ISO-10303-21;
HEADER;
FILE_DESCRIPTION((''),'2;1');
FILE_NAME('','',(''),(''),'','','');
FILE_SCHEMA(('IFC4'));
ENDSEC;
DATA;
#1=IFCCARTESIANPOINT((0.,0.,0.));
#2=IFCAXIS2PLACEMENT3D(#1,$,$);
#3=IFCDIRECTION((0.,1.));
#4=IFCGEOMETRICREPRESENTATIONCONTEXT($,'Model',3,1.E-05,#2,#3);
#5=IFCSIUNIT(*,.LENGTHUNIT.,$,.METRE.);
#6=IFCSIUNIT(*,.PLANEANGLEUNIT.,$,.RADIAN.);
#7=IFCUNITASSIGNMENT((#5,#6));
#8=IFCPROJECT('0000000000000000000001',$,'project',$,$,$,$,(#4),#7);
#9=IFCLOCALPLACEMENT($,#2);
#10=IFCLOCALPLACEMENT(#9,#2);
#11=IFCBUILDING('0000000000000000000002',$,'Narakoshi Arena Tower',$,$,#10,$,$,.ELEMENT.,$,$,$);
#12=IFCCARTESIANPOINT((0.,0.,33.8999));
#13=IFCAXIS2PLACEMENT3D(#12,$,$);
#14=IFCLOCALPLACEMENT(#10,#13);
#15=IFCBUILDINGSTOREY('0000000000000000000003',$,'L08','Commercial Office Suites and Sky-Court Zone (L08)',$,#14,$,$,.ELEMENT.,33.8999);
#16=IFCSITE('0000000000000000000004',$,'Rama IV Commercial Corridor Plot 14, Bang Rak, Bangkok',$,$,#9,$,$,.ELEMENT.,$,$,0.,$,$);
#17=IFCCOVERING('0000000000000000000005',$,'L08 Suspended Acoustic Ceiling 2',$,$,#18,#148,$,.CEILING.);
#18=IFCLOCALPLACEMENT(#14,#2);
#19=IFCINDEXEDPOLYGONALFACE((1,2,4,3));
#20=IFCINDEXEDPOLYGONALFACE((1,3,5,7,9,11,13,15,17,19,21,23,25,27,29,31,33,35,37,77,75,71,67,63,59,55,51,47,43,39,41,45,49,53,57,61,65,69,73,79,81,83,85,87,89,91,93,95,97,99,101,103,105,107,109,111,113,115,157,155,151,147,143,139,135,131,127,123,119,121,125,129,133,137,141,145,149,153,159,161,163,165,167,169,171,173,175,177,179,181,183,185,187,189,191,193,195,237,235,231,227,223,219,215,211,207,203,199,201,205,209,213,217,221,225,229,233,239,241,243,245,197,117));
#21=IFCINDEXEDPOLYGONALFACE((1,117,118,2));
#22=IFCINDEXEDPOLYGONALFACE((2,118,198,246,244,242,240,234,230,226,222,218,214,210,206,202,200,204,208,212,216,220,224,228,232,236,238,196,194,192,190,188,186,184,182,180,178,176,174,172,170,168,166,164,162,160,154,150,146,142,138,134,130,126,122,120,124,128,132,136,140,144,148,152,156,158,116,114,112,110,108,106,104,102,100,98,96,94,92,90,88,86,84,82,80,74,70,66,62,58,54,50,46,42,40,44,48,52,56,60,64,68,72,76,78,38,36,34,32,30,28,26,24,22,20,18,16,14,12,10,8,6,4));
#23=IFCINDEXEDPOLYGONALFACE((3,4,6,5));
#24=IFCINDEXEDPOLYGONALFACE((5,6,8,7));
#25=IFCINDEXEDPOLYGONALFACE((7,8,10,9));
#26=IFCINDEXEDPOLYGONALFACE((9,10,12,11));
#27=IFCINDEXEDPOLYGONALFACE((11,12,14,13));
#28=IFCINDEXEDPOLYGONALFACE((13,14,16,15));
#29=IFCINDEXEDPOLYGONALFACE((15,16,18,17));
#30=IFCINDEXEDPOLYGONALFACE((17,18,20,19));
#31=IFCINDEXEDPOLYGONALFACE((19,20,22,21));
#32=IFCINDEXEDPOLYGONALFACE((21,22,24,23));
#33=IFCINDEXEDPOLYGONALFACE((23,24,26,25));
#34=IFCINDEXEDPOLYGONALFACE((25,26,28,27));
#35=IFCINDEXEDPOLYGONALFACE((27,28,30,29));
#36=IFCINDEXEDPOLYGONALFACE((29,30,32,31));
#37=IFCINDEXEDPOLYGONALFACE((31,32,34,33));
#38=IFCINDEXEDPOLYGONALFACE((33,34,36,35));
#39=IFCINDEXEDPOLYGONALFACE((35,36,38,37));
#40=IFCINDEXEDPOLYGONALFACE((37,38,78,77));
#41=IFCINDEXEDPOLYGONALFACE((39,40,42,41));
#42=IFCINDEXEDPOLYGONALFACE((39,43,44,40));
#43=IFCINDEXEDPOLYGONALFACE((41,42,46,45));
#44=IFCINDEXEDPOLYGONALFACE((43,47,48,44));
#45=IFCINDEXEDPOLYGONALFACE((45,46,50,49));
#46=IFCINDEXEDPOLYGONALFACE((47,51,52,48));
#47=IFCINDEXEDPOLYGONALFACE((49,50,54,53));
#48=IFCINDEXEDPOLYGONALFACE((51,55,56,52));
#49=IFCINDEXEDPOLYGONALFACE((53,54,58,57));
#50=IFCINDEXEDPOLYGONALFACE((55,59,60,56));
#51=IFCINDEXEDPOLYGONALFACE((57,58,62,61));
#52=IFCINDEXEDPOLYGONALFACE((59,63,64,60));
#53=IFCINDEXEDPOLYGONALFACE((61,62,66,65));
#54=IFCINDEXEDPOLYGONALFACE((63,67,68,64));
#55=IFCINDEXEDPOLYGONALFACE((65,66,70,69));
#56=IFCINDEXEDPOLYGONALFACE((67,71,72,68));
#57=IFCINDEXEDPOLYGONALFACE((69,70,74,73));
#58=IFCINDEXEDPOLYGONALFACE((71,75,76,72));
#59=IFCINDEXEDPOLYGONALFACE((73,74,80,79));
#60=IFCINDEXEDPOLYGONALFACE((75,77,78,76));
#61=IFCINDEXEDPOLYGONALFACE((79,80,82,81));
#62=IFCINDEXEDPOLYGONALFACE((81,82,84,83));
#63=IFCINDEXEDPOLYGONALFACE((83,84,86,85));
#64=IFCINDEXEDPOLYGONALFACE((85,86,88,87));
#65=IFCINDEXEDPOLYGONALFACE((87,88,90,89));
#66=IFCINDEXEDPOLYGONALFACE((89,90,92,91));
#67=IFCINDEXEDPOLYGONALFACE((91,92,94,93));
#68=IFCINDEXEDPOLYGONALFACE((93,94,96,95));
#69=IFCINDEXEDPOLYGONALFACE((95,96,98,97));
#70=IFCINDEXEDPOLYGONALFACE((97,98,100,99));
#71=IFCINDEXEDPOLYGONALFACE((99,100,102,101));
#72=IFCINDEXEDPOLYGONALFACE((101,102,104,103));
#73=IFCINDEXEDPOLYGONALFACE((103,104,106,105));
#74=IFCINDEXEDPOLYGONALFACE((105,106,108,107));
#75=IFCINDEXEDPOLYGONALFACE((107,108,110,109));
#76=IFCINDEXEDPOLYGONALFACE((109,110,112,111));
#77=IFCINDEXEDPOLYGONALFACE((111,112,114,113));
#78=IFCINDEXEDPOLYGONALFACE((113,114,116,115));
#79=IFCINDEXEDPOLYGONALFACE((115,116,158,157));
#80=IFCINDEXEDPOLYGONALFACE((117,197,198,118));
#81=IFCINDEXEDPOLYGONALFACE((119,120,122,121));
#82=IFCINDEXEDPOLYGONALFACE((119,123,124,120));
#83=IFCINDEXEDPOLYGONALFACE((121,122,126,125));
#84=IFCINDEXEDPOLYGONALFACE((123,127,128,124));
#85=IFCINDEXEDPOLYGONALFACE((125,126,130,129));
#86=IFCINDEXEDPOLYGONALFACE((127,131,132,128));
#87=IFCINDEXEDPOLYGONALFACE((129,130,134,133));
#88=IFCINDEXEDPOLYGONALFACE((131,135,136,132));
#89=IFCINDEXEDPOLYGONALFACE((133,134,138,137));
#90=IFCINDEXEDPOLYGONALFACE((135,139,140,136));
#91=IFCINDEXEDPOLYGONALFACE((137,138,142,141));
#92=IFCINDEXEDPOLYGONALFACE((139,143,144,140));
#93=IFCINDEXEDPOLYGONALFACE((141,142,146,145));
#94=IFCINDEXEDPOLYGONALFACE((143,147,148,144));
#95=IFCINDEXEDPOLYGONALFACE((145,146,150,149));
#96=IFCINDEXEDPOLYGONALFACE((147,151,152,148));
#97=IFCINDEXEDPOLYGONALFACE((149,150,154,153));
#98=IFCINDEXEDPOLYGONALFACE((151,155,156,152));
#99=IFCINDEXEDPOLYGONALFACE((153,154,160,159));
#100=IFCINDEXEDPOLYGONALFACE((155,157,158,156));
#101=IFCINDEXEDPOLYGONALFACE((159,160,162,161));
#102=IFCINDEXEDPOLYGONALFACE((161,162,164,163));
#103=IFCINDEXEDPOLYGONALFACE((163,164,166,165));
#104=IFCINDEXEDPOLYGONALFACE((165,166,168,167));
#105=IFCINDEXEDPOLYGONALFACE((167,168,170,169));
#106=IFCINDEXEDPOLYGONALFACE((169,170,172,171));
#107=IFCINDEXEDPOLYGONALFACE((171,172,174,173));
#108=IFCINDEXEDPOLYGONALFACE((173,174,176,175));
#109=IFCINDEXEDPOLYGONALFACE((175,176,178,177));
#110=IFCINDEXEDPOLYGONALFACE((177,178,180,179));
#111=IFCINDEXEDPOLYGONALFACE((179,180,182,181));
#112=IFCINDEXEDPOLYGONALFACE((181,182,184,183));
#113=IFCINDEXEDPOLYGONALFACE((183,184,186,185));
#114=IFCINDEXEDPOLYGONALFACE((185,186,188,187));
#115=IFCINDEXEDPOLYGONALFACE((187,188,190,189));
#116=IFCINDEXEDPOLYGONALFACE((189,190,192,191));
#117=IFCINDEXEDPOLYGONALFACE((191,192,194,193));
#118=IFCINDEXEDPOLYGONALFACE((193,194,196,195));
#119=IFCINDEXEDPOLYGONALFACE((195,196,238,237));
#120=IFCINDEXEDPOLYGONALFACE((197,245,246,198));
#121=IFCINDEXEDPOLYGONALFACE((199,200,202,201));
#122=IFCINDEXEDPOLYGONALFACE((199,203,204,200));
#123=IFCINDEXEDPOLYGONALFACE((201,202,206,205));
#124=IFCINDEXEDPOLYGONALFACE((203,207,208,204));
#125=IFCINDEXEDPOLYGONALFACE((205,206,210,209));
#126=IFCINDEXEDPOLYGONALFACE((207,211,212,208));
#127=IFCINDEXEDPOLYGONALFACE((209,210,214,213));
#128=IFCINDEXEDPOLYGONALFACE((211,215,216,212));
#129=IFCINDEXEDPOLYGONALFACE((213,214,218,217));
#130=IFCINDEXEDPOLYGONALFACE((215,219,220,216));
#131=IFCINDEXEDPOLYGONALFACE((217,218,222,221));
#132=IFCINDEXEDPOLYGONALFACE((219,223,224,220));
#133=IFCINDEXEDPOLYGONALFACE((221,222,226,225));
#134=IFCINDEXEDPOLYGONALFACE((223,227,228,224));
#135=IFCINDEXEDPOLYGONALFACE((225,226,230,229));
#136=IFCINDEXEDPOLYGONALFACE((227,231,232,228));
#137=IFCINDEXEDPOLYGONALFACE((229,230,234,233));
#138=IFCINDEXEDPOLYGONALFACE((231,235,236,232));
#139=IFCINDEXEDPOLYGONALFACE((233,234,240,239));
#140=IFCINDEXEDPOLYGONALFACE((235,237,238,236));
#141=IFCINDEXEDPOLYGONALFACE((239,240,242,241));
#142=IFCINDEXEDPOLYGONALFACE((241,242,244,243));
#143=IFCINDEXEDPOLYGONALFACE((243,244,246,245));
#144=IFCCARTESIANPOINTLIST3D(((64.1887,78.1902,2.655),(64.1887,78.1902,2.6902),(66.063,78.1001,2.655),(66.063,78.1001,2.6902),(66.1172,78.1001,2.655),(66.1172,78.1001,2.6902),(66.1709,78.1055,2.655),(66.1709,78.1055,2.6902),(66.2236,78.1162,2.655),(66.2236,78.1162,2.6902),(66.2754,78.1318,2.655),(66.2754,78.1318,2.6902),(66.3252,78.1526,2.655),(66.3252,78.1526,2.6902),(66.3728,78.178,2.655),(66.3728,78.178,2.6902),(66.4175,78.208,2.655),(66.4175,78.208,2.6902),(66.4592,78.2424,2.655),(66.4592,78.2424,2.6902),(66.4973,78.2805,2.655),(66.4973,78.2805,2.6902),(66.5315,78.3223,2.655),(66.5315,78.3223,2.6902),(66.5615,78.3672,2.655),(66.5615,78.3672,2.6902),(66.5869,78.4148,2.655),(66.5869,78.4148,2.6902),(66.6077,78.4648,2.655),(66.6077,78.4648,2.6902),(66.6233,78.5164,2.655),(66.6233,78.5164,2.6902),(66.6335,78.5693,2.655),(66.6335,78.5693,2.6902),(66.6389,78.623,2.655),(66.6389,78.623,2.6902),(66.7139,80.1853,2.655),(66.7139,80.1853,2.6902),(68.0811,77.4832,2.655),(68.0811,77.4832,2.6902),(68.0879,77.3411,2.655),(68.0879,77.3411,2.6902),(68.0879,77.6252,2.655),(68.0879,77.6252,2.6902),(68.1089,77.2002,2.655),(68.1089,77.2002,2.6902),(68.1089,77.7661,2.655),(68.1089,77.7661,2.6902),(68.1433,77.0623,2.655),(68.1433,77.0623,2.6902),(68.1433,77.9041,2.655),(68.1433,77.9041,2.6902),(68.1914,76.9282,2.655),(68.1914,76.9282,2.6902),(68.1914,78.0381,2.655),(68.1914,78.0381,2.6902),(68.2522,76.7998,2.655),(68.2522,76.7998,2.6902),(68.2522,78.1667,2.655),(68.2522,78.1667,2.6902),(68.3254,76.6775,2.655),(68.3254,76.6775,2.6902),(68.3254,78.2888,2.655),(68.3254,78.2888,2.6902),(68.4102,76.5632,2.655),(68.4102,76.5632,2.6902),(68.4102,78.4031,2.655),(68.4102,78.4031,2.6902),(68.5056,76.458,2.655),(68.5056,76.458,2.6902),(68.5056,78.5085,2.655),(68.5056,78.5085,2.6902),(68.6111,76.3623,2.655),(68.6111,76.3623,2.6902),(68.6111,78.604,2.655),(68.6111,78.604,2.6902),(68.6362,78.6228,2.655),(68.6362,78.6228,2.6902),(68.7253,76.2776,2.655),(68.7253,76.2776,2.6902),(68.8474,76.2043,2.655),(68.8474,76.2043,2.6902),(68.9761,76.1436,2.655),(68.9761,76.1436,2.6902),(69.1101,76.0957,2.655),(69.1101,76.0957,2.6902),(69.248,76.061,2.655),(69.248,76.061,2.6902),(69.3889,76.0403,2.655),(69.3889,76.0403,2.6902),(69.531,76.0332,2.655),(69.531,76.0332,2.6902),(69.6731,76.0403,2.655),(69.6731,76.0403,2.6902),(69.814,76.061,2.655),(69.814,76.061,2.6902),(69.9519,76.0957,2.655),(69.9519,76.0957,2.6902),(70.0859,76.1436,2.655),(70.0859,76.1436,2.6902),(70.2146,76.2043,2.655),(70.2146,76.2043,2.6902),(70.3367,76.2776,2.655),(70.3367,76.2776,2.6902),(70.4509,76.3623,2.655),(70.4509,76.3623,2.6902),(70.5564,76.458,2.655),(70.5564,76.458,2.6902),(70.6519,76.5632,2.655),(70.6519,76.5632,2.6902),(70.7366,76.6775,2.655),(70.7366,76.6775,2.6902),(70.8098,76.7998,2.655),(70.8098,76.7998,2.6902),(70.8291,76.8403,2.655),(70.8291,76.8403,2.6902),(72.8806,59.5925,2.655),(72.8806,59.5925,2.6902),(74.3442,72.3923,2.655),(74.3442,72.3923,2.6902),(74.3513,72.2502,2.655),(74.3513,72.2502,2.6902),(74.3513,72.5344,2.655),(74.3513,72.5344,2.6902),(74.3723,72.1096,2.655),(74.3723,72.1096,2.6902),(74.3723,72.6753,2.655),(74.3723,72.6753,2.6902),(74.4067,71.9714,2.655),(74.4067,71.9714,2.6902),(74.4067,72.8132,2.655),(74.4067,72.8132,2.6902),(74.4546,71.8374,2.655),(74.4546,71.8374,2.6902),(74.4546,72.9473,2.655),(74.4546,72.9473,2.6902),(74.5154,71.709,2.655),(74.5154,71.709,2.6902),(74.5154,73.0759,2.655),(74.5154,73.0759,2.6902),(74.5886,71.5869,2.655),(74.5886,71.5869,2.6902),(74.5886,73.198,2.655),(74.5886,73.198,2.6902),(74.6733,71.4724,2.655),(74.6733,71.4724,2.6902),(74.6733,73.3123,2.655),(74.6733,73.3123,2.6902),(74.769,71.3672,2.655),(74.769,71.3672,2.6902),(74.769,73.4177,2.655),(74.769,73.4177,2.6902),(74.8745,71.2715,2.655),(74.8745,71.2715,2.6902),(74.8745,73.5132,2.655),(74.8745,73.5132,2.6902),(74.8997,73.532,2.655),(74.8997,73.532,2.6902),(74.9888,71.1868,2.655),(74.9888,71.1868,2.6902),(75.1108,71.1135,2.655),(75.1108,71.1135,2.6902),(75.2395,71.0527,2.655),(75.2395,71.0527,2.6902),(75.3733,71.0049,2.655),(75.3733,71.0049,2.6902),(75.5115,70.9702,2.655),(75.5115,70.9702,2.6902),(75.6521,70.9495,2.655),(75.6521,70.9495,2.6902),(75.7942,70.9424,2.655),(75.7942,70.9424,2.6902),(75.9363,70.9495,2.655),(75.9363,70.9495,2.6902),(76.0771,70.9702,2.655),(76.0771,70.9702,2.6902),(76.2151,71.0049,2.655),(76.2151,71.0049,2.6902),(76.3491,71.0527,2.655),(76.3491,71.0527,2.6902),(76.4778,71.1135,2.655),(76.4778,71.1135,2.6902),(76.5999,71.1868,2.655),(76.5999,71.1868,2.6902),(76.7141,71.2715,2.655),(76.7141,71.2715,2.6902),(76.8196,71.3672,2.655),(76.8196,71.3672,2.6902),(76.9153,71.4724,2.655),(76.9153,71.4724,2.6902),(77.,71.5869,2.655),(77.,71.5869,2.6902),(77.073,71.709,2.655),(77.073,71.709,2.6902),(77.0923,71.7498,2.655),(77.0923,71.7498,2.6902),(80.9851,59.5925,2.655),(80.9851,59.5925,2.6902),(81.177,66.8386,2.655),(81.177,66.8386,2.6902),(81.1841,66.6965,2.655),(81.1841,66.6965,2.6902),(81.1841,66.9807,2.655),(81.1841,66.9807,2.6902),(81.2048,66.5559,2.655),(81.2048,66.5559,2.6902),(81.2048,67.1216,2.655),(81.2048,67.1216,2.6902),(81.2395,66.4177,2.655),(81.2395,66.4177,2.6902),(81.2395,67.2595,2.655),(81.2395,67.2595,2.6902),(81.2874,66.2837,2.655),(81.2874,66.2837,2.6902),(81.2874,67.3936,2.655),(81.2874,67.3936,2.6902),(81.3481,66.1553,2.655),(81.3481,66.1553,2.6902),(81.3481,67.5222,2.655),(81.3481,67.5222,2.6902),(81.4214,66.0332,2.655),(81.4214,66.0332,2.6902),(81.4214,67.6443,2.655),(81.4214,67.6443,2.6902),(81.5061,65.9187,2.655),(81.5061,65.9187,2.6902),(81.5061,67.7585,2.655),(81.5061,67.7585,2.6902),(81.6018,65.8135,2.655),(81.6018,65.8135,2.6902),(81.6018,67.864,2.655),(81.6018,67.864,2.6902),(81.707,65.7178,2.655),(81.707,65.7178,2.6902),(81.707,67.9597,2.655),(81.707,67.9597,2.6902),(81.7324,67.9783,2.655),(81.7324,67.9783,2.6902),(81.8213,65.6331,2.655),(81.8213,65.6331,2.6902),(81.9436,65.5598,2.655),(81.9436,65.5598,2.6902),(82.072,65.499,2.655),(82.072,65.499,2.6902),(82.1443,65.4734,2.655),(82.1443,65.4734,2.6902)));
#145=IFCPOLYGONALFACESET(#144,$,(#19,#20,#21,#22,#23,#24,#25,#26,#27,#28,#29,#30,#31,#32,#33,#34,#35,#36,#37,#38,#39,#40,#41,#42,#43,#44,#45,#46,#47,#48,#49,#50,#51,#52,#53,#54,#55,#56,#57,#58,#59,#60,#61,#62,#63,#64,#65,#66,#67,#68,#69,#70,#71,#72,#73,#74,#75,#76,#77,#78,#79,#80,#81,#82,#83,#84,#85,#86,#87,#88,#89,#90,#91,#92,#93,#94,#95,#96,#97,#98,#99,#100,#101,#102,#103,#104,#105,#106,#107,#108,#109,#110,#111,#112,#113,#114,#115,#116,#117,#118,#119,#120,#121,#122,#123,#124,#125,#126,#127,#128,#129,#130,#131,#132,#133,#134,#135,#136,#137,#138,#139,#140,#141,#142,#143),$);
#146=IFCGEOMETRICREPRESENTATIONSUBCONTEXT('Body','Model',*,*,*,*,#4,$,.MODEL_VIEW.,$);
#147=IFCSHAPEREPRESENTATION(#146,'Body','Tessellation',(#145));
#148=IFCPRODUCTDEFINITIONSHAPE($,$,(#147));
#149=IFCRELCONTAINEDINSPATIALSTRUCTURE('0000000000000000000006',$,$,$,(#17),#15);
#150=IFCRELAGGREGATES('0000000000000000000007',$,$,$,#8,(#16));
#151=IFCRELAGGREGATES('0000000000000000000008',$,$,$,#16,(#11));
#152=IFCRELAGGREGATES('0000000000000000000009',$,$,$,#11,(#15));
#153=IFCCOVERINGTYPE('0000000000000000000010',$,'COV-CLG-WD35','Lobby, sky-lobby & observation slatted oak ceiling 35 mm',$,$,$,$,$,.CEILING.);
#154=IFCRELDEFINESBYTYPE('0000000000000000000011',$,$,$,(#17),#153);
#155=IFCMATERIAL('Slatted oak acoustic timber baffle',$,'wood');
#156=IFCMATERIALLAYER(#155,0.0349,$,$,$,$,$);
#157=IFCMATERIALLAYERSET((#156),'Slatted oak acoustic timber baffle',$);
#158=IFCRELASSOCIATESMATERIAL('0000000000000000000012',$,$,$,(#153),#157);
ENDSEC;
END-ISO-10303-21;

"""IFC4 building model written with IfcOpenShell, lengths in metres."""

from ifc_helpers import new_model, si_unit, direction, frame, origin, place, context, subcontext, project, spatial, polyline, outline, extrude, material, layer, layer_set, type_object, element, save


model = new_model("IFC4")

# Units and contexts
model_context = context("Model", 3, precision=1e-05, world=origin(), true_north=direction((0.0, 1.0)))
body_context = subcontext(model_context, "Body", "Model", "MODEL_VIEW")
ifc_project = project(units=[si_unit("LENGTHUNIT", "METRE"), si_unit("PLANEANGLEUNIT", "RADIAN")], contexts=[model_context])

# Site, building, storey
site_placement = place(None, origin())
site = spatial("IfcSite", under=ifc_project, at=site_placement, Name="Rama IV Commercial Corridor Plot 14, Bang Rak, Bangkok", CompositionType="ELEMENT", RefElevation=0.0)
building_placement = place(site_placement, origin())
building = spatial("IfcBuilding", under=site, at=building_placement, Name="Narakoshi Arena Tower", CompositionType="ELEMENT")
storey_placement = place(building_placement, frame((0.0, 0.0, 33.8999)))
storey = spatial("IfcBuildingStorey", under=building, at=storey_placement, Name="L08", Description="Commercial Office Suites and Sky-Court Zone (L08)", CompositionType="ELEMENT", Elevation=33.8999)

# Covering
ifc_material_1 = material(Name="Slatted oak acoustic timber baffle", Category="wood")
ifc_layer_1 = layer(ifc_material_1, 0.0349)
ifc_layer_set_1 = layer_set([ifc_layer_1], Name="Slatted oak acoustic timber baffle")
covering_type_1 = type_object("IfcCoveringType", Name="COV-CLG-WD35", Description="Lobby, sky-lobby & observation slatted oak ceiling 35 mm", PredefinedType="CEILING", material=ifc_layer_set_1)
covering_1_placement = place(storey_placement, frame((0.0, 0.0, 2.655)))
element("IfcCovering", 1, at=covering_1_placement, inside=storey, type_object=covering_type_1, Name="L08 Suspended Acoustic Ceiling 2", PredefinedType="CEILING", context=body_context, shape_type="SweptSolid", body=[
    extrude(outline(polyline([(66.063, 78.1001), (66.1172, 78.1001), (66.1709, 78.1055), (66.2236, 78.1162), (66.2754, 78.1318), (66.3252, 78.1526), (66.3728, 78.178), (66.4175, 78.208), (66.4592, 78.2424), (66.4973, 78.2805), (66.5315, 78.3223), (66.5615, 78.3672), (66.5869, 78.4148), (66.6077, 78.4648), (66.6233, 78.5164), (66.6335, 78.5693), (66.6389, 78.623), (66.7139, 80.1853), (68.6362, 78.6228), (68.6111, 78.604), (68.5056, 78.5085), (68.4102, 78.4031), (68.3254, 78.2888), (68.2522, 78.1667), (68.1914, 78.0381), (68.1433, 77.9041), (68.1089, 77.7661), (68.0879, 77.6252), (68.0811, 77.4832), (68.0879, 77.3411), (68.1089, 77.2002), (68.1433, 77.0623), (68.1914, 76.9282), (68.2522, 76.7998), (68.3254, 76.6775), (68.4102, 76.5632), (68.5056, 76.458), (68.6111, 76.3623), (68.7253, 76.2776), (68.8474, 76.2043), (68.9761, 76.1436), (69.1101, 76.0957), (69.248, 76.061), (69.3889, 76.0403), (69.531, 76.0332), (69.6731, 76.0403), (69.814, 76.061), (69.9519, 76.0957), (70.0859, 76.1436), (70.2146, 76.2043), (70.3367, 76.2776), (70.4509, 76.3623), (70.5564, 76.458), (70.6519, 76.5632), (70.7366, 76.6775), (70.8098, 76.7998), (70.8291, 76.8403), (74.8997, 73.532), (74.8745, 73.5132), (74.769, 73.4177), (74.6733, 73.3123), (74.5886, 73.198), (74.5154, 73.0759), (74.4546, 72.9473), (74.4067, 72.8132), (74.3723, 72.6753), (74.3513, 72.5344), (74.3442, 72.3923), (74.3513, 72.2502), (74.3723, 72.1096), (74.4067, 71.9714), (74.4546, 71.8374), (74.5154, 71.709), (74.5886, 71.5869), (74.6733, 71.4724), (74.769, 71.3672), (74.8745, 71.2715), (74.9888, 71.1868), (75.1108, 71.1135), (75.2395, 71.0527), (75.3733, 71.0049), (75.5115, 70.9702), (75.6521, 70.9495), (75.7942, 70.9424), (75.9363, 70.9495), (76.0771, 70.9702), (76.2151, 71.0049), (76.3491, 71.0527), (76.4778, 71.1135), (76.5999, 71.1868), (76.7141, 71.2715), (76.8196, 71.3672), (76.9153, 71.4724), (77.0, 71.5869), (77.073, 71.709), (77.0923, 71.7498), (81.7324, 67.9783), (81.707, 67.9597), (81.6018, 67.864), (81.5061, 67.7585), (81.4214, 67.6443), (81.3481, 67.5222), (81.2874, 67.3936), (81.2395, 67.2595), (81.2048, 67.1216), (81.1841, 66.9807), (81.177, 66.8386), (81.1841, 66.6965), (81.2048, 66.5559), (81.2395, 66.4177), (81.2874, 66.2837), (81.3481, 66.1553), (81.4214, 66.0332), (81.5061, 65.9187), (81.6018, 65.8135), (81.707, 65.7178), (81.8213, 65.6331), (81.9436, 65.5598), (82.072, 65.499), (82.1443, 65.4734), (80.9851, 59.5925), (72.8806, 59.5925), (64.1887, 78.1902), (66.063, 78.1001)])), origin(), (0.0, 0.0, 1.0), 0.0352),
])

save(model, "model.ifc")
